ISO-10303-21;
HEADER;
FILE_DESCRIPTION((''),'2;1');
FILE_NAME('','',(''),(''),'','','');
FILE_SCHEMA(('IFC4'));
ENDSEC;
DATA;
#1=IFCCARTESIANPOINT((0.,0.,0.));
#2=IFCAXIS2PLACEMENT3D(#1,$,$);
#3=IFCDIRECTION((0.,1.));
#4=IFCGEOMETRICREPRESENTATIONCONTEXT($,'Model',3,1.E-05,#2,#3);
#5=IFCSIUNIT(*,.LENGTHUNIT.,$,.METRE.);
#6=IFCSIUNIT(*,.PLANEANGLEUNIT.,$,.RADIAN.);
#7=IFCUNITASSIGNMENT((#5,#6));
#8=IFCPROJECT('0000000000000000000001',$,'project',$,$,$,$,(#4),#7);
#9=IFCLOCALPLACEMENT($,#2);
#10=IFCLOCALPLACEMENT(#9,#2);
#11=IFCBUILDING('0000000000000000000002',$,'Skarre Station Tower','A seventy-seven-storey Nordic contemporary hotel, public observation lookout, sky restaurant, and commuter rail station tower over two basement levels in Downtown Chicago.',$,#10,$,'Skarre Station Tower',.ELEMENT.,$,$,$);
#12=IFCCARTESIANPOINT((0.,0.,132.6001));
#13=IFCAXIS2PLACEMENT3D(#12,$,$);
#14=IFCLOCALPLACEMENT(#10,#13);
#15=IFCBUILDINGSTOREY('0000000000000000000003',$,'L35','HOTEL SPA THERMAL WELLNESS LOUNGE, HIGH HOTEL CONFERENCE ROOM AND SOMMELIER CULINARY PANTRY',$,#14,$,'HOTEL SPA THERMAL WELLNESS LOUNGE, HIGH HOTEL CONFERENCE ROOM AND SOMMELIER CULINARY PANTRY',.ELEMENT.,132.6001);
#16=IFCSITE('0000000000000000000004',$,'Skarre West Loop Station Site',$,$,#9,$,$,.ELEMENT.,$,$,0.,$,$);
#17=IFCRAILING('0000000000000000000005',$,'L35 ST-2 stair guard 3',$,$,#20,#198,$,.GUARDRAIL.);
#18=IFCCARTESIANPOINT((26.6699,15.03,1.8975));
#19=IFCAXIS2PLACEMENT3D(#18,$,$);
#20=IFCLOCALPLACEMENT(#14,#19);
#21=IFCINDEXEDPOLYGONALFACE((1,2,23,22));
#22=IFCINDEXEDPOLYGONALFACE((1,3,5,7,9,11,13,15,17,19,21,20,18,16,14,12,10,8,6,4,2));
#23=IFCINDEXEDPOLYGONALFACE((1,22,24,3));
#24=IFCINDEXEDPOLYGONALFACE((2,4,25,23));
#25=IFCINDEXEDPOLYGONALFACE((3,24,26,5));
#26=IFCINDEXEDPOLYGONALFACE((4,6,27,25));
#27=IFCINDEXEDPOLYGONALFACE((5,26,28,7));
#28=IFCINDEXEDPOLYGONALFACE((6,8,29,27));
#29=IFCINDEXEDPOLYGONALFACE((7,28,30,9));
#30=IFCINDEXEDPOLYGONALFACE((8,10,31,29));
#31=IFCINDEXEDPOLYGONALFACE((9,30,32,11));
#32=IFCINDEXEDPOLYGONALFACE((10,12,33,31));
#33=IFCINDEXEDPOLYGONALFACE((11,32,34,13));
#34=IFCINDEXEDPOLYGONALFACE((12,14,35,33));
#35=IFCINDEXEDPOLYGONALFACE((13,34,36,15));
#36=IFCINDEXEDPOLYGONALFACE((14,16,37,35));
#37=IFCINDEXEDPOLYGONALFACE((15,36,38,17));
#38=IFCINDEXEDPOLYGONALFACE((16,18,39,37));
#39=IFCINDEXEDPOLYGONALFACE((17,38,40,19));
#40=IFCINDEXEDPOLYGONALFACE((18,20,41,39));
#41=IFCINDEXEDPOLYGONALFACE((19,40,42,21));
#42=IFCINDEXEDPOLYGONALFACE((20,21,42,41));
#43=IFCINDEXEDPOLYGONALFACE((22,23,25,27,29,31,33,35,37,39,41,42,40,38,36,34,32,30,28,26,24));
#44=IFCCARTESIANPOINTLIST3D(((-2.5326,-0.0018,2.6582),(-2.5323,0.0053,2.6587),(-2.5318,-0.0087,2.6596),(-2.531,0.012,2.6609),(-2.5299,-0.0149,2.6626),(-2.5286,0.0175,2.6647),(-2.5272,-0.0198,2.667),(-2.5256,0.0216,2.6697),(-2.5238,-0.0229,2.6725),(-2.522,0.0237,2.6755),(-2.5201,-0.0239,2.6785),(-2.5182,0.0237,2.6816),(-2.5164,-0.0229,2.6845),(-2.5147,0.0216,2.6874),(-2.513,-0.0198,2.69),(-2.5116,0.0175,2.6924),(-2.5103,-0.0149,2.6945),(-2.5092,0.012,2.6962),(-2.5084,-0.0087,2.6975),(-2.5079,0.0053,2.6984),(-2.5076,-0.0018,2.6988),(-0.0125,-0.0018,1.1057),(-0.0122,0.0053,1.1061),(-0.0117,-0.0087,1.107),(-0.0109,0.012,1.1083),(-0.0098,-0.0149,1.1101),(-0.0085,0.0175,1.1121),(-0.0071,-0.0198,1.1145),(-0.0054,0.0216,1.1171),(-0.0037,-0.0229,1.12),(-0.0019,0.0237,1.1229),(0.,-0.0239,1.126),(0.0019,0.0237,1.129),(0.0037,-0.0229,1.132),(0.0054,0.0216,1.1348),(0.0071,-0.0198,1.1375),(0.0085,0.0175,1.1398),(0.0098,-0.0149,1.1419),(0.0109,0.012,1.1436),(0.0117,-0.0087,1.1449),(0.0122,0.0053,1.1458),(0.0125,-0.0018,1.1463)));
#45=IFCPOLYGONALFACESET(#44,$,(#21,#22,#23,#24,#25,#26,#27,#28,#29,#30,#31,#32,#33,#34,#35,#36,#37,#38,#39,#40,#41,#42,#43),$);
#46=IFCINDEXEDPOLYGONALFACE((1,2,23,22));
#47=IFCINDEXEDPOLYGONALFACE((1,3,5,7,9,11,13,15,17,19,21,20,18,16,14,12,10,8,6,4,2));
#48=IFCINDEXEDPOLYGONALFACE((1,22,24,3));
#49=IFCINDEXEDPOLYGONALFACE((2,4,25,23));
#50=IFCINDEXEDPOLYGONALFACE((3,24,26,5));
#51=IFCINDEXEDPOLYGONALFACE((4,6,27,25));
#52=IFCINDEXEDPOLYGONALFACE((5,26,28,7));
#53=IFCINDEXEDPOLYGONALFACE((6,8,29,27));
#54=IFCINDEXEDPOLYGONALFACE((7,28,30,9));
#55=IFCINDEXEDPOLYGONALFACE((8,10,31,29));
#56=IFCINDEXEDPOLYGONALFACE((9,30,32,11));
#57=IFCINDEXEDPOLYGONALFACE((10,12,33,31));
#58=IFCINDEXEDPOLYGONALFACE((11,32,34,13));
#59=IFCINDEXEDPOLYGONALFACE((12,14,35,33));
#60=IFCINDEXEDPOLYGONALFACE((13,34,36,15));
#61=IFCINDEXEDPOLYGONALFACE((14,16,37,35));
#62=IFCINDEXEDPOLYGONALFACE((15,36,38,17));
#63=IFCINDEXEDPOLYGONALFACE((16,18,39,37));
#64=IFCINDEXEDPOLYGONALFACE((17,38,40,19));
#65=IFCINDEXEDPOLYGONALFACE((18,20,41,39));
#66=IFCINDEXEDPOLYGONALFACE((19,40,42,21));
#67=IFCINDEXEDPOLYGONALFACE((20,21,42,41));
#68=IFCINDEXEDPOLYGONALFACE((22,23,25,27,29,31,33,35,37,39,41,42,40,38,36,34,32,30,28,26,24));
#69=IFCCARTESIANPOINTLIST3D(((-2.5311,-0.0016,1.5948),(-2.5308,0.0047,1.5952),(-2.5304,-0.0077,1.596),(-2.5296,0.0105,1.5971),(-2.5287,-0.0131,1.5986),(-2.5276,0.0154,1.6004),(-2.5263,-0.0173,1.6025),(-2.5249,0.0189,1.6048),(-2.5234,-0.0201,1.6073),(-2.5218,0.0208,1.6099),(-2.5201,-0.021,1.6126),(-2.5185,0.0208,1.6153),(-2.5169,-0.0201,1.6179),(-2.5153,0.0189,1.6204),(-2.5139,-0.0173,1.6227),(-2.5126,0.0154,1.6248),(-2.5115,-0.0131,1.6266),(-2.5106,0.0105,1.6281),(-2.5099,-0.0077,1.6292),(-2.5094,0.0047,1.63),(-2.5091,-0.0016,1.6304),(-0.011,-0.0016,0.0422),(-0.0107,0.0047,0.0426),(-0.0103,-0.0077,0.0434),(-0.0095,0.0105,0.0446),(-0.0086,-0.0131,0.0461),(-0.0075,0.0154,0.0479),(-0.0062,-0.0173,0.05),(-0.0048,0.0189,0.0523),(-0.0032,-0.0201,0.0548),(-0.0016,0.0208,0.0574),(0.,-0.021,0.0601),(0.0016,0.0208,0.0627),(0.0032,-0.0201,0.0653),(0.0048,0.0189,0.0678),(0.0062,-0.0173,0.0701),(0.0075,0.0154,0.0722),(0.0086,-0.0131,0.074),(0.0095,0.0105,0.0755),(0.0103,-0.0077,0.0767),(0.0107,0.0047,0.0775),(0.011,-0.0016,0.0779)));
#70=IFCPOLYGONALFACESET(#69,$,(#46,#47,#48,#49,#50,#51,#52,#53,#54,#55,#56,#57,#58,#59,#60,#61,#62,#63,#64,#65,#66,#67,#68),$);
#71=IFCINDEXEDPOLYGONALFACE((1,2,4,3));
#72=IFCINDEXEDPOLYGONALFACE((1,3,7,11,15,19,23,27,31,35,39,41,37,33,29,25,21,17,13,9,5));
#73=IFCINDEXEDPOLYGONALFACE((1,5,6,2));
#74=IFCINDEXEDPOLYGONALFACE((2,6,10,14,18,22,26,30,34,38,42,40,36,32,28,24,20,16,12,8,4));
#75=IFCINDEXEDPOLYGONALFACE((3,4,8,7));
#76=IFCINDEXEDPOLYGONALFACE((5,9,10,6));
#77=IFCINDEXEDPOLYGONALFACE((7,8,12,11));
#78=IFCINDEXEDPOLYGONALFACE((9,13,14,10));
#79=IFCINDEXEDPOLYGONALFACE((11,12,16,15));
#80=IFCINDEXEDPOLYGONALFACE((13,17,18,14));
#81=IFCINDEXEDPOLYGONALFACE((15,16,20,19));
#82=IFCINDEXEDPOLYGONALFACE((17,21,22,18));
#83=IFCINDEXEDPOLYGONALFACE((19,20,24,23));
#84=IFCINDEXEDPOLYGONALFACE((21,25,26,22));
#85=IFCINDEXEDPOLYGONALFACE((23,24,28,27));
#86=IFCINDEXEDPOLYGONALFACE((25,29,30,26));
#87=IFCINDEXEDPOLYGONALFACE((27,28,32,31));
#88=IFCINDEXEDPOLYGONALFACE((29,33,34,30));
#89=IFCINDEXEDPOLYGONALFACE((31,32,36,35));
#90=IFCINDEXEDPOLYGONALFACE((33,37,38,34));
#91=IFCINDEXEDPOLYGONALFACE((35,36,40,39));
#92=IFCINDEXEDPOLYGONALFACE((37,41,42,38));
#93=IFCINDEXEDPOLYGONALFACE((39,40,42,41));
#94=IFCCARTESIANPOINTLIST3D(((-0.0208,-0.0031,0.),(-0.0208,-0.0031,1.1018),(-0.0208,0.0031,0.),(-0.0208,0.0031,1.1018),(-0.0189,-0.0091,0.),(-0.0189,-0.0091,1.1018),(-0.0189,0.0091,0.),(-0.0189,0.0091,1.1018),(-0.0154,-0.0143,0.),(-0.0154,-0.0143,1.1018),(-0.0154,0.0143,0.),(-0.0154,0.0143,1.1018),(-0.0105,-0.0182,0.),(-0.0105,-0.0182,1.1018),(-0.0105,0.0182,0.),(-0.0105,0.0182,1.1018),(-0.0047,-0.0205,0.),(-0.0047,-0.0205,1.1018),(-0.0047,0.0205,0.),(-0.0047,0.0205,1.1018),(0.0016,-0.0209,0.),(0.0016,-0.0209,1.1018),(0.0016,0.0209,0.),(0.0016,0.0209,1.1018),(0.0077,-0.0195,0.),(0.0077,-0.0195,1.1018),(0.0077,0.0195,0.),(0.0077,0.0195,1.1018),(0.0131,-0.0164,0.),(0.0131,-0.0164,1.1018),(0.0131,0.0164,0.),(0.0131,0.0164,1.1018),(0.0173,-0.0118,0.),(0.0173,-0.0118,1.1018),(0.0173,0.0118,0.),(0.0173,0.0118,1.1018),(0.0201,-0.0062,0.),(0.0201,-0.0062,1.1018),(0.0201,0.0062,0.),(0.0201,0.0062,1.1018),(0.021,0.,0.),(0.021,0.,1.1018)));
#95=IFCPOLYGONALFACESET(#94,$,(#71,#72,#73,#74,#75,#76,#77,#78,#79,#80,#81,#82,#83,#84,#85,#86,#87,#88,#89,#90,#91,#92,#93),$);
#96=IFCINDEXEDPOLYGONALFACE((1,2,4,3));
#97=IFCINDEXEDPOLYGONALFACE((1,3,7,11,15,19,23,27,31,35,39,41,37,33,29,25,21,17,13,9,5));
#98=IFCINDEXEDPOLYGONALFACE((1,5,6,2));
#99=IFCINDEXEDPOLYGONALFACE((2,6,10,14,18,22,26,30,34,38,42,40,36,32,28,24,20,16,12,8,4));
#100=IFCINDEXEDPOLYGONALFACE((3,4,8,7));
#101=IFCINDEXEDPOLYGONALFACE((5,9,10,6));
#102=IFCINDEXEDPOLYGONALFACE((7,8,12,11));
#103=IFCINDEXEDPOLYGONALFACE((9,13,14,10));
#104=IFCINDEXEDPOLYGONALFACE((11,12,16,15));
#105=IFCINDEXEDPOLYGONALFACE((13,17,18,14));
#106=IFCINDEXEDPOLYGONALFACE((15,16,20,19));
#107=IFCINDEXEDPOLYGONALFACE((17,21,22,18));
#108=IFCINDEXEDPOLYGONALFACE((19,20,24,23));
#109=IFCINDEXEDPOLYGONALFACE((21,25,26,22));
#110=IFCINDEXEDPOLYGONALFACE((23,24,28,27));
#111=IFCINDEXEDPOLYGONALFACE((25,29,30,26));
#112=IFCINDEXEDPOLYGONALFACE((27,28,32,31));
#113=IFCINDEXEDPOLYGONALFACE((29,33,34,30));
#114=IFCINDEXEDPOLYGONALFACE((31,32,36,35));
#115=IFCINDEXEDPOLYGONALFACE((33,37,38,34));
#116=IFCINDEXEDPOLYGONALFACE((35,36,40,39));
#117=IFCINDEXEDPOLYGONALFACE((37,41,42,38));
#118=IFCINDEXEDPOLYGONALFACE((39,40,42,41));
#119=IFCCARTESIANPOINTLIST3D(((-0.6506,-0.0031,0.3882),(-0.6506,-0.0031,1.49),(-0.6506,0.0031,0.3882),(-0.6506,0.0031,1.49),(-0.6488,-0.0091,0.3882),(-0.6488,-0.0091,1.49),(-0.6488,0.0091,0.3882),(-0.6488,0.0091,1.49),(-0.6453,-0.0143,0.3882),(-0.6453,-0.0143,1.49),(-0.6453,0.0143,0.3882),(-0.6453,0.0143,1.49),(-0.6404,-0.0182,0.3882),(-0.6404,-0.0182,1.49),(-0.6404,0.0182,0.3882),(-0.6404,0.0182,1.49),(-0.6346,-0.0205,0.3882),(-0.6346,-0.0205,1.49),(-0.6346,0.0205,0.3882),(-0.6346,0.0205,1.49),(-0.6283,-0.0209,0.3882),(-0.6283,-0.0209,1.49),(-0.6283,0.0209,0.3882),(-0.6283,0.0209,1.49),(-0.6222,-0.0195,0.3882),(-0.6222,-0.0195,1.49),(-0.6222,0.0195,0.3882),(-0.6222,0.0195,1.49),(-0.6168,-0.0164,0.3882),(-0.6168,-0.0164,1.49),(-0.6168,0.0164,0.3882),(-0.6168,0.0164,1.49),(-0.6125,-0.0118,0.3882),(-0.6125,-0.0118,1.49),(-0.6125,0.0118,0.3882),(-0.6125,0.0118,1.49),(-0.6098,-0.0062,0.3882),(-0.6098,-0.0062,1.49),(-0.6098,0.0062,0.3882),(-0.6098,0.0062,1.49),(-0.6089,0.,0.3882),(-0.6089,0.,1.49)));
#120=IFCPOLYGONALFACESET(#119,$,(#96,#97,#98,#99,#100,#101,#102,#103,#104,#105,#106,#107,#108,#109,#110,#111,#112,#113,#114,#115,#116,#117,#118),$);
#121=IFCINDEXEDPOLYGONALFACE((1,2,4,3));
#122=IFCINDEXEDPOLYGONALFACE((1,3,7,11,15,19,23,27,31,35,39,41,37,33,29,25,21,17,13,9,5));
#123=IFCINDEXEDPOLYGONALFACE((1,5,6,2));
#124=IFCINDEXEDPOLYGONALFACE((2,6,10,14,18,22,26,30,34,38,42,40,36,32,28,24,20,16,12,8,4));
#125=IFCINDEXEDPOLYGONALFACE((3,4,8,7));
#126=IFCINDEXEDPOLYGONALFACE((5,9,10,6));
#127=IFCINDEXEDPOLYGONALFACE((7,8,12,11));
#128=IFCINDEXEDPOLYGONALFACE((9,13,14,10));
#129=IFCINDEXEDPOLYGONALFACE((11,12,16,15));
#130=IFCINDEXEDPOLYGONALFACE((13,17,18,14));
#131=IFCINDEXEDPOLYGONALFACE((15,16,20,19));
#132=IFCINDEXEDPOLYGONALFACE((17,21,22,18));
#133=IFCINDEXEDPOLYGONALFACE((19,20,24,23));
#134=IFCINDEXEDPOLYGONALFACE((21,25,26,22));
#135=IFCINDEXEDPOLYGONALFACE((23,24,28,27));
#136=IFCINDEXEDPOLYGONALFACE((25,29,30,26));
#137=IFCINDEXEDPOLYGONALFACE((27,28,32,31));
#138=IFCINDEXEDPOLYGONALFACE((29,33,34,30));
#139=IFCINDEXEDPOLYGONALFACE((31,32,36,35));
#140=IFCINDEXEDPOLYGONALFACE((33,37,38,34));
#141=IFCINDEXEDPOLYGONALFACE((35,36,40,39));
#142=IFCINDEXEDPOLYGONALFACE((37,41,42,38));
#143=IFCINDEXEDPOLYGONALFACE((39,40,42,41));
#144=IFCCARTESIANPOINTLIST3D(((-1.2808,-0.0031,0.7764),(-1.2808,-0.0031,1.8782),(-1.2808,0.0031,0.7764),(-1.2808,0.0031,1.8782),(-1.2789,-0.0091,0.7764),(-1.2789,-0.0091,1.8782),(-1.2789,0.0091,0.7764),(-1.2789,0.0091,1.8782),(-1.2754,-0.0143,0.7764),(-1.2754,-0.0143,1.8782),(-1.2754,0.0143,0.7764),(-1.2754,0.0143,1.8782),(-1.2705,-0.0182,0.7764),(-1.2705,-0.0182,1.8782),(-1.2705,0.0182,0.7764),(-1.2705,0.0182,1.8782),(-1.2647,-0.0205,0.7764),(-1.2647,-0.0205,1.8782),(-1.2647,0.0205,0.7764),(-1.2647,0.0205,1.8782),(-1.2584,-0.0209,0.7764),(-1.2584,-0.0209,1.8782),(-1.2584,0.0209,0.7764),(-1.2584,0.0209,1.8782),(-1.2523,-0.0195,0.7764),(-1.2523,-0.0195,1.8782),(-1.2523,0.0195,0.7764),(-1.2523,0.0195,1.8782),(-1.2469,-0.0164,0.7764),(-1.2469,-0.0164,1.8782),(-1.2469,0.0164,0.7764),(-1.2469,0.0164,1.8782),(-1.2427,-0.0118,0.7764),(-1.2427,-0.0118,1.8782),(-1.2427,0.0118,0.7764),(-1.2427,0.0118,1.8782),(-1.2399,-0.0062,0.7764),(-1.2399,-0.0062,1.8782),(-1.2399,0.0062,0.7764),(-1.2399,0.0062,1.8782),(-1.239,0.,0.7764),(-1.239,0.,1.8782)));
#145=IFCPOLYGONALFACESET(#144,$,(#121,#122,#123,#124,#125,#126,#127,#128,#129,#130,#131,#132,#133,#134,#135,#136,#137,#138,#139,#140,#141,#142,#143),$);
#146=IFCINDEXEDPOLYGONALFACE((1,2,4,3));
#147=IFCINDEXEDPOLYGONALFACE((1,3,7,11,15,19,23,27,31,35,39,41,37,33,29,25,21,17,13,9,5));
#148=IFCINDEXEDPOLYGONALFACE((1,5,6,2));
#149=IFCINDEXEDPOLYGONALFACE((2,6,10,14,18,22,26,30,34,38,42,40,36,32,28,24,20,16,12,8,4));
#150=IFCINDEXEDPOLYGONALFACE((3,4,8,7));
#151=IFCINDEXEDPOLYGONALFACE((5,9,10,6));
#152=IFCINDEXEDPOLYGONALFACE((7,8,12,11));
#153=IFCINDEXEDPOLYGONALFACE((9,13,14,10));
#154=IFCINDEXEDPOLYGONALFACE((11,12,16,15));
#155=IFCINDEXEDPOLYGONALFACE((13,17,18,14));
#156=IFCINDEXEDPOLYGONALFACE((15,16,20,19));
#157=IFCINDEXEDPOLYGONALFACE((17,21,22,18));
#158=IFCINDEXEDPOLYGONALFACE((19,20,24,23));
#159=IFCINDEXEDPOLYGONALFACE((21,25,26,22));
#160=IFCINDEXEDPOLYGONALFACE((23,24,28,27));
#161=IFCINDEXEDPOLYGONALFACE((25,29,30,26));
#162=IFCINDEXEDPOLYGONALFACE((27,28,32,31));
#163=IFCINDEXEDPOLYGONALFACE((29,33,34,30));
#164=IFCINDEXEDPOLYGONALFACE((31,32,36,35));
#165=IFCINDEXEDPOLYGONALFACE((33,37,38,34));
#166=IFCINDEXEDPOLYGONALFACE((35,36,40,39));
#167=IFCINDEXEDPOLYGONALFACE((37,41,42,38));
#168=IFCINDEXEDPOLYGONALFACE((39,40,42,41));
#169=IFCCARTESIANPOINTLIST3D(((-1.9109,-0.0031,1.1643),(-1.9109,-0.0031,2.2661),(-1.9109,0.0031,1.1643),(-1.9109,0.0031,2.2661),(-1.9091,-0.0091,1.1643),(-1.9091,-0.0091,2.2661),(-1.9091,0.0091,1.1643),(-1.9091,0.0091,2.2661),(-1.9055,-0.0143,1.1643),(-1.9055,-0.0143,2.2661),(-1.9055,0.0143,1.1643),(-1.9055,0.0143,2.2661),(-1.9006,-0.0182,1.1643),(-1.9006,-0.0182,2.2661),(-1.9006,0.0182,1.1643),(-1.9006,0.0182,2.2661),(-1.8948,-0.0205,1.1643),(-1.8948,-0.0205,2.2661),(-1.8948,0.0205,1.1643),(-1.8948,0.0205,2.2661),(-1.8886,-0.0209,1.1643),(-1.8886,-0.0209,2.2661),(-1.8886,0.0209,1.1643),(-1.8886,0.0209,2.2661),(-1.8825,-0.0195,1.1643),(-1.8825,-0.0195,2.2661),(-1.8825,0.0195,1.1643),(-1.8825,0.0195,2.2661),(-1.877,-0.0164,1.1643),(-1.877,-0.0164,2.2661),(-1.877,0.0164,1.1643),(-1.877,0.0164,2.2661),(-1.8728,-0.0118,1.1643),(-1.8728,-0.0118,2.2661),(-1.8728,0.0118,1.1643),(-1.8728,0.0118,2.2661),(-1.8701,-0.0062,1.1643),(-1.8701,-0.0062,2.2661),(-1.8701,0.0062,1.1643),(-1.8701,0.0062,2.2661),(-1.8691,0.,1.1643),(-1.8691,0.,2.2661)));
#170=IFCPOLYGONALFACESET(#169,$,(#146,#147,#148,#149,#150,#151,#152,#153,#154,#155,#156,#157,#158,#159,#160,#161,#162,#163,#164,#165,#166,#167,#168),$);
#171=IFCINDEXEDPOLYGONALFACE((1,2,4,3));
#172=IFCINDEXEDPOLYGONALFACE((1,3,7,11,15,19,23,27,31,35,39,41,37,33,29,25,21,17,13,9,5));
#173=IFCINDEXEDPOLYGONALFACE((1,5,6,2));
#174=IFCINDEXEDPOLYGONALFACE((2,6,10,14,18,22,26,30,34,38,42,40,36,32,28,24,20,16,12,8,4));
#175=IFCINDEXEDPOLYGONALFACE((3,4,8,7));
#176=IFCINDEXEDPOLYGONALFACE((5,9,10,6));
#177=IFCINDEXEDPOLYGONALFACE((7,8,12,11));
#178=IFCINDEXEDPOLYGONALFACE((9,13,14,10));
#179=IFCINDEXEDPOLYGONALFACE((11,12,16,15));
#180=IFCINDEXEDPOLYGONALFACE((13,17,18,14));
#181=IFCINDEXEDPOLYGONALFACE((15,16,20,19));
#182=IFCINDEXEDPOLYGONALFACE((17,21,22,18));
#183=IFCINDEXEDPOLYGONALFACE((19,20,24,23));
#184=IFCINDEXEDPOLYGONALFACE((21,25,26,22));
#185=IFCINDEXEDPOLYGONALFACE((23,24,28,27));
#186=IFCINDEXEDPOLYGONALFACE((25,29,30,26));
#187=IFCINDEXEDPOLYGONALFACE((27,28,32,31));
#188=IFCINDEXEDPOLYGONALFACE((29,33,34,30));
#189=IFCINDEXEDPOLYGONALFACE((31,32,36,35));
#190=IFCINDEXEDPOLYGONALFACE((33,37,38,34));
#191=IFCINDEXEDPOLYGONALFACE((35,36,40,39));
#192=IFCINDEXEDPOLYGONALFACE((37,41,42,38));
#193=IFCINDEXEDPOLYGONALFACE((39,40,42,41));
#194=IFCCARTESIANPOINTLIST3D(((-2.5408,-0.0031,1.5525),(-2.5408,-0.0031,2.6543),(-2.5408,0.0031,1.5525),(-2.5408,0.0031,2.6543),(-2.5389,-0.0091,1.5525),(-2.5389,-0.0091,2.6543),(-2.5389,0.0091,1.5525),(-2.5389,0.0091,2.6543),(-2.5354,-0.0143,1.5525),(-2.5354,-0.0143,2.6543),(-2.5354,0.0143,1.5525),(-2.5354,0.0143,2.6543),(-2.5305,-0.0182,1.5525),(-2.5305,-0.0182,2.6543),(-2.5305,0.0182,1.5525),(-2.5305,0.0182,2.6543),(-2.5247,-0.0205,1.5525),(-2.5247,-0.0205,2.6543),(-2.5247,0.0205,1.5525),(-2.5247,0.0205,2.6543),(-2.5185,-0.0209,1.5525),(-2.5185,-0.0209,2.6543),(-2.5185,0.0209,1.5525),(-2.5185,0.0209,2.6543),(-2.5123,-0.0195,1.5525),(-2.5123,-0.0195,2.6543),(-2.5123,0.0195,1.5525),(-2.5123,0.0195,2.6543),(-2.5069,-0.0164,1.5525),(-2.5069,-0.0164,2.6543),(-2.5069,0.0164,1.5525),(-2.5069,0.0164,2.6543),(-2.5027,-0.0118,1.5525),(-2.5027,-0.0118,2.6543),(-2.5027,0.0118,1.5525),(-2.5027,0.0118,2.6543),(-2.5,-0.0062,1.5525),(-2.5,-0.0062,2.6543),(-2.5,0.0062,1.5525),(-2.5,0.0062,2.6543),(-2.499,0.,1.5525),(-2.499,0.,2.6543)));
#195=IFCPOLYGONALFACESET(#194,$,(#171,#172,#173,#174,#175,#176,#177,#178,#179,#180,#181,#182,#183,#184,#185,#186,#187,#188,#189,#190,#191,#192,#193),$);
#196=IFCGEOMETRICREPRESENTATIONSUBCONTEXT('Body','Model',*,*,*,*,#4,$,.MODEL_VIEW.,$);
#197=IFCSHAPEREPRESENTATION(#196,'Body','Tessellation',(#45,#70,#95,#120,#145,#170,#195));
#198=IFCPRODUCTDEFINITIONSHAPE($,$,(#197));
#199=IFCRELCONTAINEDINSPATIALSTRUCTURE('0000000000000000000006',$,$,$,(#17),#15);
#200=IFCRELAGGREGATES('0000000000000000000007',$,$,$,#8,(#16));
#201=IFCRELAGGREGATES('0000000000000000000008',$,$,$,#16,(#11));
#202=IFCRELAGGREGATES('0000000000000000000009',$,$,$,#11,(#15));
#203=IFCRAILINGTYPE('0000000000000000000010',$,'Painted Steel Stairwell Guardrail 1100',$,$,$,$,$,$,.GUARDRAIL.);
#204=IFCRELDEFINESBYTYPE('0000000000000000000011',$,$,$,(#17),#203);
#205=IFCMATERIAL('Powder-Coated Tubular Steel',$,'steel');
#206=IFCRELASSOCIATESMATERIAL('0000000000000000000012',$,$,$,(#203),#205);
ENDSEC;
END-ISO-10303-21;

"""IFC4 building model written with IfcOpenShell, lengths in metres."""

from ifc_helpers import new_model, si_unit, direction, frame, origin, origin_2d, place, context, subcontext, project, spatial, circle, extrude, material, type_object, element, save


model = new_model("IFC4")

# Units and contexts
model_context = context("Model", 3, precision=1e-05, world=origin(), true_north=direction((0.0, 1.0)))
body_context = subcontext(model_context, "Body", "Model", "MODEL_VIEW")
ifc_project = project(units=[si_unit("LENGTHUNIT", "METRE"), si_unit("PLANEANGLEUNIT", "RADIAN")], contexts=[model_context])

# Site, building, storey
site_placement = place(None, origin())
site = spatial("IfcSite", under=ifc_project, at=site_placement, Name="Skarre West Loop Station Site", CompositionType="ELEMENT", RefElevation=0.0)
building_placement = place(site_placement, origin())
building = spatial("IfcBuilding", under=site, at=building_placement, Name="Skarre Station Tower", Description="A seventy-seven-storey Nordic contemporary hotel, public observation lookout, sky restaurant, and commuter rail station tower over two basement levels in Downtown Chicago.", LongName="Skarre Station Tower", CompositionType="ELEMENT")
storey_placement = place(building_placement, frame((0.0, 0.0, 132.6001)))
storey = spatial("IfcBuildingStorey", under=building, at=storey_placement, Name="L35", Description="HOTEL SPA THERMAL WELLNESS LOUNGE, HIGH HOTEL CONFERENCE ROOM AND SOMMELIER CULINARY PANTRY", LongName="HOTEL SPA THERMAL WELLNESS LOUNGE, HIGH HOTEL CONFERENCE ROOM AND SOMMELIER CULINARY PANTRY", CompositionType="ELEMENT", Elevation=132.6001)

# Railing
ifc_material_1 = material(Name="Powder-Coated Tubular Steel", Category="steel")
railing_type_1 = type_object("IfcRailingType", Name="Painted Steel Stairwell Guardrail 1100", PredefinedType="GUARDRAIL", material=ifc_material_1)
railing_1_placement = place(storey_placement, frame((26.6699, 15.03, 1.8975)))
element("IfcRailing", 1, at=railing_1_placement, inside=storey, type_object=railing_type_1, Name="L35 ST-2 stair guard 3", PredefinedType="GUARDRAIL", context=body_context, shape_type="SweptSolid", body=[
    extrude(circle(Radius=0.0239, at=origin_2d()), frame((0.0, 0.0, 1.126), z_axis=(-0.8514, 0.0, 0.524516), x_axis=(0.0, -1.0, 0.0)), (0.0, 0.0, 1.0), 2.96),
    extrude(circle(Radius=0.021, at=origin_2d()), frame((0.0, 0.0, 0.0601), z_axis=(-0.8514, 0.0, 0.524516), x_axis=(0.0, -1.0, 0.0)), (0.0, 0.0, 1.0), 2.96),
    extrude(circle(Radius=0.021, at=origin_2d()), origin(), (0.0, 0.0, 1.0), 1.1018),
    extrude(circle(Radius=0.021, at=origin_2d()), frame((-0.6299, 0.0, 0.3882)), (0.0, 0.0, 1.0), 1.1018),
    extrude(circle(Radius=0.021, at=origin_2d()), frame((-1.26, 0.0, 0.7764)), (0.0, 0.0, 1.0), 1.1018),
    extrude(circle(Radius=0.021, at=origin_2d()), frame((-1.8901, 0.0, 1.1643)), (0.0, 0.0, 1.0), 1.1018),
    extrude(circle(Radius=0.021, at=origin_2d()), frame((-2.52, 0.0, 1.5525)), (0.0, 0.0, 1.0), 1.1018),
])

save(model, "model.ifc")
